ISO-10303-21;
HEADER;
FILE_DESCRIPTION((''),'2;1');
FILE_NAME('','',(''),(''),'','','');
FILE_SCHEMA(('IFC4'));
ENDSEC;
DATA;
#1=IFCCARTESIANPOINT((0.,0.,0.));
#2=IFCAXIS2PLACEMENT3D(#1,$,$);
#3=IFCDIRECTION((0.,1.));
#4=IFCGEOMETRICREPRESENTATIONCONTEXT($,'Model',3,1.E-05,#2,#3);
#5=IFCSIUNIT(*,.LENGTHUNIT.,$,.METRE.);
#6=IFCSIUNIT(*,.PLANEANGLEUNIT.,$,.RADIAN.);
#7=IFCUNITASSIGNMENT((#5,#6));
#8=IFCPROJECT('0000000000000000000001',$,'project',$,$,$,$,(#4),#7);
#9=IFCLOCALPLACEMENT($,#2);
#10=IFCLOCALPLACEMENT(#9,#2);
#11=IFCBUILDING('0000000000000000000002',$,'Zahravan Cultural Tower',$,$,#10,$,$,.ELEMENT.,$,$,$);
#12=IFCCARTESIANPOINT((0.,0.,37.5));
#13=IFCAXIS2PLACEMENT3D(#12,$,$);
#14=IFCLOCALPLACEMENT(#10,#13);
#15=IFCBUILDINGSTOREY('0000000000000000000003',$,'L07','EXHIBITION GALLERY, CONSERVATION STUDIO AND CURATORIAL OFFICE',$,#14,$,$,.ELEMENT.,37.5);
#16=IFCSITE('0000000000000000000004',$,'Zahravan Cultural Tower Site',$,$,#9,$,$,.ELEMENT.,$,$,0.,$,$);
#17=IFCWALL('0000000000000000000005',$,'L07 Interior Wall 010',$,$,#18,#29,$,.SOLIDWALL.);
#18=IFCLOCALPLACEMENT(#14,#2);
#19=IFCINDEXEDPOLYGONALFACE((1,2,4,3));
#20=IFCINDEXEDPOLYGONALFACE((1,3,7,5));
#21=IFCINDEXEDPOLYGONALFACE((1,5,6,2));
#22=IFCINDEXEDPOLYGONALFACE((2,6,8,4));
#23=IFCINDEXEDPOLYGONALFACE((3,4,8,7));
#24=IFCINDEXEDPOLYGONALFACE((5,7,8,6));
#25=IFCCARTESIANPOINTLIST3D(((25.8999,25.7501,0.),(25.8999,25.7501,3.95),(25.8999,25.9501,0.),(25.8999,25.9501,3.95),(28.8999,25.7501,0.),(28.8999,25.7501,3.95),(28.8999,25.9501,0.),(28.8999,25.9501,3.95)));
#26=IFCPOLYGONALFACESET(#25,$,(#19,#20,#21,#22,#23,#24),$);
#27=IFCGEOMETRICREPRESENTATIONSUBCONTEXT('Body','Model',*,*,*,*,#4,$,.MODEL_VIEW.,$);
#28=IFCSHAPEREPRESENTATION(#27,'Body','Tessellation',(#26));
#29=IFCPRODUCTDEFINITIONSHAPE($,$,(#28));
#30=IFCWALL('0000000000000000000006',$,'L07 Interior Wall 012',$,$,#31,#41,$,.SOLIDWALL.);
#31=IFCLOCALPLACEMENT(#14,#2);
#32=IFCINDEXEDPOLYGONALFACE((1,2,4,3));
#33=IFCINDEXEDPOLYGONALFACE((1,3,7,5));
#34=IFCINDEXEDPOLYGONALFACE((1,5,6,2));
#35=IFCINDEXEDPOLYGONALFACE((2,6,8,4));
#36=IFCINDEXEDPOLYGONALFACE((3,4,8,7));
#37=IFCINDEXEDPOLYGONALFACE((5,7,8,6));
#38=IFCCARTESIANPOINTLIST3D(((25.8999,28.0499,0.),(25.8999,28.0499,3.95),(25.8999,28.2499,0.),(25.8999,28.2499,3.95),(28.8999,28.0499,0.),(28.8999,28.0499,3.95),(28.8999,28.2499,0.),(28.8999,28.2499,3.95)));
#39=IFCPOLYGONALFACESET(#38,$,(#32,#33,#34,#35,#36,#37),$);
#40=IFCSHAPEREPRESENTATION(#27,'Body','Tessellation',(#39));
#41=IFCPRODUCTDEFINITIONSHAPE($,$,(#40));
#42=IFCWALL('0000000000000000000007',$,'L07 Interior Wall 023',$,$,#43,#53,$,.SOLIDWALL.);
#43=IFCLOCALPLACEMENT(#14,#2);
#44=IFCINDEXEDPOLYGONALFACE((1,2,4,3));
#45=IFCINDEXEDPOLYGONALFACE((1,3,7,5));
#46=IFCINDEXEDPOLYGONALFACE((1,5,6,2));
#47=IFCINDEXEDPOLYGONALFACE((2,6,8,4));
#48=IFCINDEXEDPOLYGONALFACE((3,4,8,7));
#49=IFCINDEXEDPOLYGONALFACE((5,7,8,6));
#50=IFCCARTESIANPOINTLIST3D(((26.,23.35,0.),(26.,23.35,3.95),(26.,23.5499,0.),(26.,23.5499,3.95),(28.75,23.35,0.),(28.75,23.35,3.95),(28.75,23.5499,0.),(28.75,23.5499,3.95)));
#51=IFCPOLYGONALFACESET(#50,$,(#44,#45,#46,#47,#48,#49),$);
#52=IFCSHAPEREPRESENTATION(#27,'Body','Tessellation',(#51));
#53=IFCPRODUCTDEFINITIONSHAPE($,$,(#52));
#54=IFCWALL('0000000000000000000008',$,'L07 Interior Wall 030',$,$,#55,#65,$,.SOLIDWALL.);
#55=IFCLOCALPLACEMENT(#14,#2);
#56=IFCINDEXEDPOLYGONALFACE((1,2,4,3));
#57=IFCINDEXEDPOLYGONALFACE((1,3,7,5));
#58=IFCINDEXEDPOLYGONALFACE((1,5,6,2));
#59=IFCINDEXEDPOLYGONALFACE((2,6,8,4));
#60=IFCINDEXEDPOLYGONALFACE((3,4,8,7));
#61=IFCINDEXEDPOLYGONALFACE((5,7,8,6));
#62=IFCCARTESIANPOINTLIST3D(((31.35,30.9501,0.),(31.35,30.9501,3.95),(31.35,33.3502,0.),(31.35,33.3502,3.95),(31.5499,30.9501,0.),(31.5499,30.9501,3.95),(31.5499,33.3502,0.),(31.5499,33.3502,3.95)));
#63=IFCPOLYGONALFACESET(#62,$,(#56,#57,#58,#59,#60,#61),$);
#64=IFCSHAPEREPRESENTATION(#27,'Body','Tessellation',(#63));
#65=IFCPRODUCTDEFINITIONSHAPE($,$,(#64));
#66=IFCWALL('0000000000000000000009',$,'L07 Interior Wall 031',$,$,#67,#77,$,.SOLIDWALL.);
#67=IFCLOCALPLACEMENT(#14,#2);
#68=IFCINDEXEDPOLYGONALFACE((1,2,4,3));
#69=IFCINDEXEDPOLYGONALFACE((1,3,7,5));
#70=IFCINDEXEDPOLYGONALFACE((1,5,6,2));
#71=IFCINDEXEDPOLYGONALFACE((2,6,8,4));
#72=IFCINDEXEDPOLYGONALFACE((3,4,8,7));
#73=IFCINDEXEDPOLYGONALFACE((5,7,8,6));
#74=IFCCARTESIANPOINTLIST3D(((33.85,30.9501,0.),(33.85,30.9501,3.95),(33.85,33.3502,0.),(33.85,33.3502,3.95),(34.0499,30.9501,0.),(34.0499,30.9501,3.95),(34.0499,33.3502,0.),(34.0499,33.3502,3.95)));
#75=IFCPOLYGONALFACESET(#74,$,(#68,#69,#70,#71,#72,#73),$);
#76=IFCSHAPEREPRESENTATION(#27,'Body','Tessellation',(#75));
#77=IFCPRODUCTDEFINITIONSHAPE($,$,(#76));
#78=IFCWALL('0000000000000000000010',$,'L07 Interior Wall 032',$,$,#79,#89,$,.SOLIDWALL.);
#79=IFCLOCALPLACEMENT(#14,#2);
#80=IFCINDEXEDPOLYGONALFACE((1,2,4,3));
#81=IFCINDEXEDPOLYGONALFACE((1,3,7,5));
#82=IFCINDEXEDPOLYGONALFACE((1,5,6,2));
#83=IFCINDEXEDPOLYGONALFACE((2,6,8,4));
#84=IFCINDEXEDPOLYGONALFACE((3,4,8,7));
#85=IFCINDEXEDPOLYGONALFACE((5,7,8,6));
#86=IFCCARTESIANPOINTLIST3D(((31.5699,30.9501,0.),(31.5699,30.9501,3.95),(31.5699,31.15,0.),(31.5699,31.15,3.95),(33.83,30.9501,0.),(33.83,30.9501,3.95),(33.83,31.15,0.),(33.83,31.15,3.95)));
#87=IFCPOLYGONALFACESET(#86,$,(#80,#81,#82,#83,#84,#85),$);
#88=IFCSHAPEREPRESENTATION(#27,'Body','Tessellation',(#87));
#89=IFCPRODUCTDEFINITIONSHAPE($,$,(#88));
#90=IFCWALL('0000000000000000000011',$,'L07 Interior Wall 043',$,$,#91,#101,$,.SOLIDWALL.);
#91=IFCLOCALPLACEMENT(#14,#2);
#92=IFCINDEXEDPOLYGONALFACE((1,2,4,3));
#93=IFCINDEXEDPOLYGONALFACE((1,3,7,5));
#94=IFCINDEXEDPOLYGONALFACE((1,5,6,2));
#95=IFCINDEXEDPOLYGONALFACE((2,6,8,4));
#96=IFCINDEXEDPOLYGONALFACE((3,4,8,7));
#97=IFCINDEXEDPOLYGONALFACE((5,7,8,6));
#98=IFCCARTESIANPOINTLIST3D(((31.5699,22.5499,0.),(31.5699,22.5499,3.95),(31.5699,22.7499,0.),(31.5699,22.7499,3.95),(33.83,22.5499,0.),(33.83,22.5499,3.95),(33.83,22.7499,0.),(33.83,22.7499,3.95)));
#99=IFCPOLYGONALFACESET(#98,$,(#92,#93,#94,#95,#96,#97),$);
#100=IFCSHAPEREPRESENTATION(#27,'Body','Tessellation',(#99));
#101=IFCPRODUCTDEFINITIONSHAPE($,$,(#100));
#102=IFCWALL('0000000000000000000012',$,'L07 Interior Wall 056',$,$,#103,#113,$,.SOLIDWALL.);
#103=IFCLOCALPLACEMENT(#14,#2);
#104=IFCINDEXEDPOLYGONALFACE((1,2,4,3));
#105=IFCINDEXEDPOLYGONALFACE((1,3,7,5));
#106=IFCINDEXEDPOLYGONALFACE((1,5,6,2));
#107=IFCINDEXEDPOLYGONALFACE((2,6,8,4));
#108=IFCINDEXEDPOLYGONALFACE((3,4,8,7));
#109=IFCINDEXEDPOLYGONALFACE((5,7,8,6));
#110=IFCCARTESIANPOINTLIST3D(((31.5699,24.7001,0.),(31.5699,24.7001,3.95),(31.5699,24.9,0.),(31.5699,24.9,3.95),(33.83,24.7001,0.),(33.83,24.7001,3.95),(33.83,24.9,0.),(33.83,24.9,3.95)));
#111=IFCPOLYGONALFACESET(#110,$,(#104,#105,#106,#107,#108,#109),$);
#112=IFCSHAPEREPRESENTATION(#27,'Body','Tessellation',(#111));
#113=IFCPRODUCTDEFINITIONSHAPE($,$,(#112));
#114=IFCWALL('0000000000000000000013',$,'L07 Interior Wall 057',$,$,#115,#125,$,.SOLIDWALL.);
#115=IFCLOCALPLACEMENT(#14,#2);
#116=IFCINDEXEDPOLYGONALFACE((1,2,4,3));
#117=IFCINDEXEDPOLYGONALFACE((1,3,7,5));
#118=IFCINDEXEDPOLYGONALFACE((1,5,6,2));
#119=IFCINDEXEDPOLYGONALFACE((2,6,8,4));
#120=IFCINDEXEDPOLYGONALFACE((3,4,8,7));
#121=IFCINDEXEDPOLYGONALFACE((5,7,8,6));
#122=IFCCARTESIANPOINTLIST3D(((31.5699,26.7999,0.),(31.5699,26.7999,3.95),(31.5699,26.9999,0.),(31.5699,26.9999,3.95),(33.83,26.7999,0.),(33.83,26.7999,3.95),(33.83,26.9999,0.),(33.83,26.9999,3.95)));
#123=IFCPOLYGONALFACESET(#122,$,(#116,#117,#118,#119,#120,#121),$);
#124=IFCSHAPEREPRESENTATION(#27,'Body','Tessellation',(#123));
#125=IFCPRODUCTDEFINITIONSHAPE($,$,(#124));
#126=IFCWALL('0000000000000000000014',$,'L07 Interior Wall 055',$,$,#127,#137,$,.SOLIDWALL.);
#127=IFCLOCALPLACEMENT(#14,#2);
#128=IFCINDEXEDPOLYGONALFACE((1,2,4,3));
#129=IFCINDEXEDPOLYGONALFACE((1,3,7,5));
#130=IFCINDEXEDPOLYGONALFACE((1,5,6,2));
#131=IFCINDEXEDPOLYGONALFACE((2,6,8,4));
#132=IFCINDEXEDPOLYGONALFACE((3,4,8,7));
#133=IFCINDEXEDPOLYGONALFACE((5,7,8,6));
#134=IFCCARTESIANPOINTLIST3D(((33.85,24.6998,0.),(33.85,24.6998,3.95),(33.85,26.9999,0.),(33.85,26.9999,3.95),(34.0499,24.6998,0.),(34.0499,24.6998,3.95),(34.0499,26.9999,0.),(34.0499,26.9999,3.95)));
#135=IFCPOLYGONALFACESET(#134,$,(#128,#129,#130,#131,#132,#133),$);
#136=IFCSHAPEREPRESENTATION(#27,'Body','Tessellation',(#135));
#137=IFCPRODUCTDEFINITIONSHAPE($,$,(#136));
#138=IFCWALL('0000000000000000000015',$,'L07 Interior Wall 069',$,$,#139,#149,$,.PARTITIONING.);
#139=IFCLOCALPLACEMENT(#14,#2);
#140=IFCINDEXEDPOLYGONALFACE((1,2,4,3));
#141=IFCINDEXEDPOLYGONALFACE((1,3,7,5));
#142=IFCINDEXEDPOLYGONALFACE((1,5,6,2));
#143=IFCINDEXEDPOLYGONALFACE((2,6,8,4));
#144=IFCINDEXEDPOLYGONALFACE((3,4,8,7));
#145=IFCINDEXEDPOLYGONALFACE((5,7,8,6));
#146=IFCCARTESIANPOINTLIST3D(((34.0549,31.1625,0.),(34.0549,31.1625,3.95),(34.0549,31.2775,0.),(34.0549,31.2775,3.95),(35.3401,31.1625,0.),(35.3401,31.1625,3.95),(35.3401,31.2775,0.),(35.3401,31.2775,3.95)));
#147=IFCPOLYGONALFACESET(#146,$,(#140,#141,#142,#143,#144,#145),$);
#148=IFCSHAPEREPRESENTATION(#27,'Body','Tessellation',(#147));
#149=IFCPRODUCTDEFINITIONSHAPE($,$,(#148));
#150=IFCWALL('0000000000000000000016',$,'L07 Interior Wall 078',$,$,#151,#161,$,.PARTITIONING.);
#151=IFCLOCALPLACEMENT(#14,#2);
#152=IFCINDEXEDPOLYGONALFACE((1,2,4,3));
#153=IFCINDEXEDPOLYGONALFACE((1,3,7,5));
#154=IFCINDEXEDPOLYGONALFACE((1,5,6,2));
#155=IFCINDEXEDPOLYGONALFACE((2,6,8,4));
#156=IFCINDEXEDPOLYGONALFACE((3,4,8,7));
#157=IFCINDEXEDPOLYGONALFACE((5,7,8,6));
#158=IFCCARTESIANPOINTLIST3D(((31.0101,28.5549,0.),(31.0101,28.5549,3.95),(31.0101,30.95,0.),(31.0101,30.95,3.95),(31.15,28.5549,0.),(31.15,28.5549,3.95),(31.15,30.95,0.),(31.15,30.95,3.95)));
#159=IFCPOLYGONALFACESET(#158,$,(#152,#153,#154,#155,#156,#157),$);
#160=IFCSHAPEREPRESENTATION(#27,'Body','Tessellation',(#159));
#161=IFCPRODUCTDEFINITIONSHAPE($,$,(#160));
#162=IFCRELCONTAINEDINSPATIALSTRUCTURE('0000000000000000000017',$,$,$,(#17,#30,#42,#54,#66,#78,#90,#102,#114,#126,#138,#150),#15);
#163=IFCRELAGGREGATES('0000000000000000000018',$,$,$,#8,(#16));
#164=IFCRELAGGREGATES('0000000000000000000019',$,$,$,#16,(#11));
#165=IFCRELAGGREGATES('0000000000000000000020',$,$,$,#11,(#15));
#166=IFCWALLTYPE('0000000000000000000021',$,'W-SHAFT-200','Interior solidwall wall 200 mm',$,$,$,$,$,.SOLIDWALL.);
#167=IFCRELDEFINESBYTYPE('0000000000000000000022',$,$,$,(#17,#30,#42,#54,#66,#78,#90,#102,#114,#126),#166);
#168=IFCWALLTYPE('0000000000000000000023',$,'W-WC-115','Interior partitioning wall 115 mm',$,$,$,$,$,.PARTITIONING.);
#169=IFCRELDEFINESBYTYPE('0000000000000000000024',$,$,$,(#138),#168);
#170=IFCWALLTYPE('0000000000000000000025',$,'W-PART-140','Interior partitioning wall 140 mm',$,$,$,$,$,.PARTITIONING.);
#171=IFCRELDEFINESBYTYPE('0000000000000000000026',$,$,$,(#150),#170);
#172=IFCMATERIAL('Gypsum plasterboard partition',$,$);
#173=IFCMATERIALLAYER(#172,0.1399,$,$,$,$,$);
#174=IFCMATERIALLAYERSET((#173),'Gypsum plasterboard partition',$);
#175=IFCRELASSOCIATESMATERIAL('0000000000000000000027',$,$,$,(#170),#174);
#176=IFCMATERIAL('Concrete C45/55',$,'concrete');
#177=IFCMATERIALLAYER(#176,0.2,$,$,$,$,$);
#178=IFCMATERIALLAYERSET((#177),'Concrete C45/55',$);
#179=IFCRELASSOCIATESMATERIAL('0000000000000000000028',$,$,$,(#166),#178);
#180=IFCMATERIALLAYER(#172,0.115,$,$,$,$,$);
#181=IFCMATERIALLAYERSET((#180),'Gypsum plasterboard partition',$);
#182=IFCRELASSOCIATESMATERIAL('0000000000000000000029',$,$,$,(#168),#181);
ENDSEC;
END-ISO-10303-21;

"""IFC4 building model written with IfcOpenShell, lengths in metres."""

from ifc_helpers import new_model, si_unit, direction, frame, frame_2d, origin, place, context, subcontext, project, spatial, rectangle, extrude, source, transform, mapped, material, layer, layer_set, type_object, element, save


model = new_model("IFC4")

# Units and contexts
model_context = context("Model", 3, precision=1e-05, world=origin(), true_north=direction((0.0, 1.0)))
body_context = subcontext(model_context, "Body", "Model", "MODEL_VIEW")
ifc_project = project(units=[si_unit("LENGTHUNIT", "METRE"), si_unit("PLANEANGLEUNIT", "RADIAN")], contexts=[model_context])

# Site, building, storey
site_placement = place(None, origin())
site = spatial("IfcSite", under=ifc_project, at=site_placement, Name="Zahravan Cultural Tower Site", CompositionType="ELEMENT", RefElevation=0.0)
building_placement = place(site_placement, origin())
building = spatial("IfcBuilding", under=site, at=building_placement, Name="Zahravan Cultural Tower", CompositionType="ELEMENT")
storey_placement = place(building_placement, frame((0.0, 0.0, 37.5)))
storey = spatial("IfcBuildingStorey", under=building, at=storey_placement, Name="L07", Description="EXHIBITION GALLERY, CONSERVATION STUDIO AND CURATORIAL OFFICE", CompositionType="ELEMENT", Elevation=37.5)

# Shared definitions
ifc_material_1 = material(Name="Gypsum plasterboard partition")
ifc_layer_1 = layer(ifc_material_1, 0.1399)
ifc_layer_set_1 = layer_set([ifc_layer_1], Name="Gypsum plasterboard partition")
wall_type_1 = type_object("IfcWallType", Name="W-PART-140", Description="Interior partitioning wall 140 mm", PredefinedType="PARTITIONING", material=ifc_layer_set_1)
ifc_material_2 = material(Name="Concrete C45/55", Category="concrete")
ifc_layer_2 = layer(ifc_material_2, 0.2)
ifc_layer_set_2 = layer_set([ifc_layer_2], Name="Concrete C45/55")
wall_type_2 = type_object("IfcWallType", Name="W-SHAFT-200", Description="Interior solidwall wall 200 mm", PredefinedType="SOLIDWALL", material=ifc_layer_set_2)

# Walls
shared_shape_1 = source(origin(), body_context, "Body", "SweptSolid", [
    extrude(rectangle(XDim=3.0, YDim=0.2, at=frame_2d((1.5, 0.0))), origin(), (0.0, 0.0, 1.0), 3.95),
])
for number, where, z_axis, x_axis, name in (
    (1, (25.8999, 25.8501, 0.0), (0.0, 0.0, 1.0), (1.0, 0.0, 0.0), "L07 Interior Wall 010"),
    (2, (25.8999, 28.1499, 0.0), (0.0, 0.0, 1.0), (1.0, 0.0, 0.0), "L07 Interior Wall 012"),
):
    element("IfcWall", number, at=place(storey_placement, frame(where, z_axis=z_axis, x_axis=x_axis)), inside=storey, type_object=wall_type_2, Name=name, PredefinedType="SOLIDWALL", context=body_context, shape_type="MappedRepresentation", body=[
        mapped(shared_shape_1, transform((0.0, 0.0, 0.0), x_axis=(1.0, 0.0, 0.0), y_axis=(0.0, 1.0, 0.0), z_axis=(0.0, 0.0, 1.0), scale=1.0)),
    ])
shared_shape_2 = source(origin(), body_context, "Body", "SweptSolid", [
    extrude(rectangle(XDim=2.75, YDim=0.2, at=frame_2d((1.375, 0.0))), origin(), (0.0, 0.0, 1.0), 3.95),
])
wall_1_placement = place(storey_placement, frame((26.0, 23.45, 0.0), z_axis=(0.0, 0.0, 1.0), x_axis=(1.0, 0.0, 0.0)))
element("IfcWall", 3, at=wall_1_placement, inside=storey, type_object=wall_type_2, Name="L07 Interior Wall 023", PredefinedType="SOLIDWALL", context=body_context, shape_type="MappedRepresentation", body=[
    mapped(shared_shape_2, transform((0.0, 0.0, 0.0), x_axis=(1.0, 0.0, 0.0), y_axis=(0.0, 1.0, 0.0), z_axis=(0.0, 0.0, 1.0), scale=1.0)),
])
shared_shape_3 = source(origin(), body_context, "Body", "SweptSolid", [
    extrude(rectangle(XDim=2.4001, YDim=0.2, at=frame_2d((1.2002, 0.0))), origin(), (0.0, 0.0, 1.0), 3.95),
])
for number, where, z_axis, x_axis, name in (
    (4, (31.45, 30.95, 0.0), (0.0, 0.0, 1.0), (0.0, 1.0, 0.0), "L07 Interior Wall 030"),
    (5, (33.95, 30.95, 0.0), (0.0, 0.0, 1.0), (0.0, 1.0, 0.0), "L07 Interior Wall 031"),
):
    element("IfcWall", number, at=place(storey_placement, frame(where, z_axis=z_axis, x_axis=x_axis)), inside=storey, type_object=wall_type_2, Name=name, PredefinedType="SOLIDWALL", context=body_context, shape_type="MappedRepresentation", body=[
        mapped(shared_shape_3, transform((0.0, 0.0, 0.0), x_axis=(1.0, 0.0, 0.0), y_axis=(0.0, 1.0, 0.0), z_axis=(0.0, 0.0, 1.0), scale=1.0)),
    ])
shared_shape_4 = source(origin(), body_context, "Body", "SweptSolid", [
    extrude(rectangle(XDim=2.26, YDim=0.2, at=frame_2d((1.1299, 0.0))), origin(), (0.0, 0.0, 1.0), 3.95),
])
for number, where, z_axis, x_axis, name in (
    (6, (31.5701, 31.05, 0.0), (0.0, 0.0, 1.0), (1.0, 0.0, 0.0), "L07 Interior Wall 032"),
    (7, (31.5701, 22.6499, 0.0), (0.0, 0.0, 1.0), (1.0, 0.0, 0.0), "L07 Interior Wall 043"),
    (8, (31.5701, 24.8, 0.0), (0.0, 0.0, 1.0), (1.0, 0.0, 0.0), "L07 Interior Wall 056"),
    (9, (31.5701, 26.8999, 0.0), (0.0, 0.0, 1.0), (1.0, 0.0, 0.0), "L07 Interior Wall 057"),
):
    element("IfcWall", number, at=place(storey_placement, frame(where, z_axis=z_axis, x_axis=x_axis)), inside=storey, type_object=wall_type_2, Name=name, PredefinedType="SOLIDWALL", context=body_context, shape_type="MappedRepresentation", body=[
        mapped(shared_shape_4, transform((0.0, 0.0, 0.0), x_axis=(1.0, 0.0, 0.0), y_axis=(0.0, 1.0, 0.0), z_axis=(0.0, 0.0, 1.0), scale=1.0)),
    ])
shared_shape_5 = source(origin(), body_context, "Body", "SweptSolid", [
    extrude(rectangle(XDim=2.3, YDim=0.2, at=frame_2d((1.1499, 0.0))), origin(), (0.0, 0.0, 1.0), 3.95),
])
wall_2_placement = place(storey_placement, frame((33.95, 24.7, 0.0), z_axis=(0.0, 0.0, 1.0), x_axis=(0.0, 1.0, 0.0)))
element("IfcWall", 10, at=wall_2_placement, inside=storey, type_object=wall_type_2, Name="L07 Interior Wall 055", PredefinedType="SOLIDWALL", context=body_context, shape_type="MappedRepresentation", body=[
    mapped(shared_shape_5, transform((0.0, 0.0, 0.0), x_axis=(1.0, 0.0, 0.0), y_axis=(0.0, 1.0, 0.0), z_axis=(0.0, 0.0, 1.0), scale=1.0)),
])
ifc_layer_3 = layer(ifc_material_1, 0.115)
ifc_layer_set_3 = layer_set([ifc_layer_3], Name="Gypsum plasterboard partition")
wall_type_3 = type_object("IfcWallType", Name="W-WC-115", Description="Interior partitioning wall 115 mm", PredefinedType="PARTITIONING", material=ifc_layer_set_3)
shared_shape_6 = source(origin(), body_context, "Body", "SweptSolid", [
    extrude(rectangle(XDim=1.2852, YDim=0.115, at=frame_2d((0.6426, 0.0))), origin(), (0.0, 0.0, 1.0), 3.95),
])
wall_3_placement = place(storey_placement, frame((35.3401, 31.22, 0.0), z_axis=(0.0, 0.0, 1.0), x_axis=(-1.0, 0.0, 0.0)))
element("IfcWall", 11, at=wall_3_placement, inside=storey, type_object=wall_type_3, Name="L07 Interior Wall 069", PredefinedType="PARTITIONING", context=body_context, shape_type="MappedRepresentation", body=[
    mapped(shared_shape_6, transform((0.0, 0.0, 0.0), x_axis=(1.0, 0.0, 0.0), y_axis=(0.0, 1.0, 0.0), z_axis=(0.0, 0.0, 1.0), scale=1.0)),
])
shared_shape_7 = source(origin(), body_context, "Body", "SweptSolid", [
    extrude(rectangle(XDim=2.395, YDim=0.1399, at=frame_2d((1.1975, 0.0))), origin(), (0.0, 0.0, 1.0), 3.95),
])
wall_4_placement = place(storey_placement, frame((31.0801, 28.5549, 0.0), z_axis=(0.0, 0.0, 1.0), x_axis=(0.0, 1.0, 0.0)))
element("IfcWall", 12, at=wall_4_placement, inside=storey, type_object=wall_type_1, Name="L07 Interior Wall 078", PredefinedType="PARTITIONING", context=body_context, shape_type="MappedRepresentation", body=[
    mapped(shared_shape_7, transform((0.0, 0.0, 0.0), x_axis=(1.0, 0.0, 0.0), y_axis=(0.0, 1.0, 0.0), z_axis=(0.0, 0.0, 1.0), scale=1.0)),
])

save(model, "model.ifc")
